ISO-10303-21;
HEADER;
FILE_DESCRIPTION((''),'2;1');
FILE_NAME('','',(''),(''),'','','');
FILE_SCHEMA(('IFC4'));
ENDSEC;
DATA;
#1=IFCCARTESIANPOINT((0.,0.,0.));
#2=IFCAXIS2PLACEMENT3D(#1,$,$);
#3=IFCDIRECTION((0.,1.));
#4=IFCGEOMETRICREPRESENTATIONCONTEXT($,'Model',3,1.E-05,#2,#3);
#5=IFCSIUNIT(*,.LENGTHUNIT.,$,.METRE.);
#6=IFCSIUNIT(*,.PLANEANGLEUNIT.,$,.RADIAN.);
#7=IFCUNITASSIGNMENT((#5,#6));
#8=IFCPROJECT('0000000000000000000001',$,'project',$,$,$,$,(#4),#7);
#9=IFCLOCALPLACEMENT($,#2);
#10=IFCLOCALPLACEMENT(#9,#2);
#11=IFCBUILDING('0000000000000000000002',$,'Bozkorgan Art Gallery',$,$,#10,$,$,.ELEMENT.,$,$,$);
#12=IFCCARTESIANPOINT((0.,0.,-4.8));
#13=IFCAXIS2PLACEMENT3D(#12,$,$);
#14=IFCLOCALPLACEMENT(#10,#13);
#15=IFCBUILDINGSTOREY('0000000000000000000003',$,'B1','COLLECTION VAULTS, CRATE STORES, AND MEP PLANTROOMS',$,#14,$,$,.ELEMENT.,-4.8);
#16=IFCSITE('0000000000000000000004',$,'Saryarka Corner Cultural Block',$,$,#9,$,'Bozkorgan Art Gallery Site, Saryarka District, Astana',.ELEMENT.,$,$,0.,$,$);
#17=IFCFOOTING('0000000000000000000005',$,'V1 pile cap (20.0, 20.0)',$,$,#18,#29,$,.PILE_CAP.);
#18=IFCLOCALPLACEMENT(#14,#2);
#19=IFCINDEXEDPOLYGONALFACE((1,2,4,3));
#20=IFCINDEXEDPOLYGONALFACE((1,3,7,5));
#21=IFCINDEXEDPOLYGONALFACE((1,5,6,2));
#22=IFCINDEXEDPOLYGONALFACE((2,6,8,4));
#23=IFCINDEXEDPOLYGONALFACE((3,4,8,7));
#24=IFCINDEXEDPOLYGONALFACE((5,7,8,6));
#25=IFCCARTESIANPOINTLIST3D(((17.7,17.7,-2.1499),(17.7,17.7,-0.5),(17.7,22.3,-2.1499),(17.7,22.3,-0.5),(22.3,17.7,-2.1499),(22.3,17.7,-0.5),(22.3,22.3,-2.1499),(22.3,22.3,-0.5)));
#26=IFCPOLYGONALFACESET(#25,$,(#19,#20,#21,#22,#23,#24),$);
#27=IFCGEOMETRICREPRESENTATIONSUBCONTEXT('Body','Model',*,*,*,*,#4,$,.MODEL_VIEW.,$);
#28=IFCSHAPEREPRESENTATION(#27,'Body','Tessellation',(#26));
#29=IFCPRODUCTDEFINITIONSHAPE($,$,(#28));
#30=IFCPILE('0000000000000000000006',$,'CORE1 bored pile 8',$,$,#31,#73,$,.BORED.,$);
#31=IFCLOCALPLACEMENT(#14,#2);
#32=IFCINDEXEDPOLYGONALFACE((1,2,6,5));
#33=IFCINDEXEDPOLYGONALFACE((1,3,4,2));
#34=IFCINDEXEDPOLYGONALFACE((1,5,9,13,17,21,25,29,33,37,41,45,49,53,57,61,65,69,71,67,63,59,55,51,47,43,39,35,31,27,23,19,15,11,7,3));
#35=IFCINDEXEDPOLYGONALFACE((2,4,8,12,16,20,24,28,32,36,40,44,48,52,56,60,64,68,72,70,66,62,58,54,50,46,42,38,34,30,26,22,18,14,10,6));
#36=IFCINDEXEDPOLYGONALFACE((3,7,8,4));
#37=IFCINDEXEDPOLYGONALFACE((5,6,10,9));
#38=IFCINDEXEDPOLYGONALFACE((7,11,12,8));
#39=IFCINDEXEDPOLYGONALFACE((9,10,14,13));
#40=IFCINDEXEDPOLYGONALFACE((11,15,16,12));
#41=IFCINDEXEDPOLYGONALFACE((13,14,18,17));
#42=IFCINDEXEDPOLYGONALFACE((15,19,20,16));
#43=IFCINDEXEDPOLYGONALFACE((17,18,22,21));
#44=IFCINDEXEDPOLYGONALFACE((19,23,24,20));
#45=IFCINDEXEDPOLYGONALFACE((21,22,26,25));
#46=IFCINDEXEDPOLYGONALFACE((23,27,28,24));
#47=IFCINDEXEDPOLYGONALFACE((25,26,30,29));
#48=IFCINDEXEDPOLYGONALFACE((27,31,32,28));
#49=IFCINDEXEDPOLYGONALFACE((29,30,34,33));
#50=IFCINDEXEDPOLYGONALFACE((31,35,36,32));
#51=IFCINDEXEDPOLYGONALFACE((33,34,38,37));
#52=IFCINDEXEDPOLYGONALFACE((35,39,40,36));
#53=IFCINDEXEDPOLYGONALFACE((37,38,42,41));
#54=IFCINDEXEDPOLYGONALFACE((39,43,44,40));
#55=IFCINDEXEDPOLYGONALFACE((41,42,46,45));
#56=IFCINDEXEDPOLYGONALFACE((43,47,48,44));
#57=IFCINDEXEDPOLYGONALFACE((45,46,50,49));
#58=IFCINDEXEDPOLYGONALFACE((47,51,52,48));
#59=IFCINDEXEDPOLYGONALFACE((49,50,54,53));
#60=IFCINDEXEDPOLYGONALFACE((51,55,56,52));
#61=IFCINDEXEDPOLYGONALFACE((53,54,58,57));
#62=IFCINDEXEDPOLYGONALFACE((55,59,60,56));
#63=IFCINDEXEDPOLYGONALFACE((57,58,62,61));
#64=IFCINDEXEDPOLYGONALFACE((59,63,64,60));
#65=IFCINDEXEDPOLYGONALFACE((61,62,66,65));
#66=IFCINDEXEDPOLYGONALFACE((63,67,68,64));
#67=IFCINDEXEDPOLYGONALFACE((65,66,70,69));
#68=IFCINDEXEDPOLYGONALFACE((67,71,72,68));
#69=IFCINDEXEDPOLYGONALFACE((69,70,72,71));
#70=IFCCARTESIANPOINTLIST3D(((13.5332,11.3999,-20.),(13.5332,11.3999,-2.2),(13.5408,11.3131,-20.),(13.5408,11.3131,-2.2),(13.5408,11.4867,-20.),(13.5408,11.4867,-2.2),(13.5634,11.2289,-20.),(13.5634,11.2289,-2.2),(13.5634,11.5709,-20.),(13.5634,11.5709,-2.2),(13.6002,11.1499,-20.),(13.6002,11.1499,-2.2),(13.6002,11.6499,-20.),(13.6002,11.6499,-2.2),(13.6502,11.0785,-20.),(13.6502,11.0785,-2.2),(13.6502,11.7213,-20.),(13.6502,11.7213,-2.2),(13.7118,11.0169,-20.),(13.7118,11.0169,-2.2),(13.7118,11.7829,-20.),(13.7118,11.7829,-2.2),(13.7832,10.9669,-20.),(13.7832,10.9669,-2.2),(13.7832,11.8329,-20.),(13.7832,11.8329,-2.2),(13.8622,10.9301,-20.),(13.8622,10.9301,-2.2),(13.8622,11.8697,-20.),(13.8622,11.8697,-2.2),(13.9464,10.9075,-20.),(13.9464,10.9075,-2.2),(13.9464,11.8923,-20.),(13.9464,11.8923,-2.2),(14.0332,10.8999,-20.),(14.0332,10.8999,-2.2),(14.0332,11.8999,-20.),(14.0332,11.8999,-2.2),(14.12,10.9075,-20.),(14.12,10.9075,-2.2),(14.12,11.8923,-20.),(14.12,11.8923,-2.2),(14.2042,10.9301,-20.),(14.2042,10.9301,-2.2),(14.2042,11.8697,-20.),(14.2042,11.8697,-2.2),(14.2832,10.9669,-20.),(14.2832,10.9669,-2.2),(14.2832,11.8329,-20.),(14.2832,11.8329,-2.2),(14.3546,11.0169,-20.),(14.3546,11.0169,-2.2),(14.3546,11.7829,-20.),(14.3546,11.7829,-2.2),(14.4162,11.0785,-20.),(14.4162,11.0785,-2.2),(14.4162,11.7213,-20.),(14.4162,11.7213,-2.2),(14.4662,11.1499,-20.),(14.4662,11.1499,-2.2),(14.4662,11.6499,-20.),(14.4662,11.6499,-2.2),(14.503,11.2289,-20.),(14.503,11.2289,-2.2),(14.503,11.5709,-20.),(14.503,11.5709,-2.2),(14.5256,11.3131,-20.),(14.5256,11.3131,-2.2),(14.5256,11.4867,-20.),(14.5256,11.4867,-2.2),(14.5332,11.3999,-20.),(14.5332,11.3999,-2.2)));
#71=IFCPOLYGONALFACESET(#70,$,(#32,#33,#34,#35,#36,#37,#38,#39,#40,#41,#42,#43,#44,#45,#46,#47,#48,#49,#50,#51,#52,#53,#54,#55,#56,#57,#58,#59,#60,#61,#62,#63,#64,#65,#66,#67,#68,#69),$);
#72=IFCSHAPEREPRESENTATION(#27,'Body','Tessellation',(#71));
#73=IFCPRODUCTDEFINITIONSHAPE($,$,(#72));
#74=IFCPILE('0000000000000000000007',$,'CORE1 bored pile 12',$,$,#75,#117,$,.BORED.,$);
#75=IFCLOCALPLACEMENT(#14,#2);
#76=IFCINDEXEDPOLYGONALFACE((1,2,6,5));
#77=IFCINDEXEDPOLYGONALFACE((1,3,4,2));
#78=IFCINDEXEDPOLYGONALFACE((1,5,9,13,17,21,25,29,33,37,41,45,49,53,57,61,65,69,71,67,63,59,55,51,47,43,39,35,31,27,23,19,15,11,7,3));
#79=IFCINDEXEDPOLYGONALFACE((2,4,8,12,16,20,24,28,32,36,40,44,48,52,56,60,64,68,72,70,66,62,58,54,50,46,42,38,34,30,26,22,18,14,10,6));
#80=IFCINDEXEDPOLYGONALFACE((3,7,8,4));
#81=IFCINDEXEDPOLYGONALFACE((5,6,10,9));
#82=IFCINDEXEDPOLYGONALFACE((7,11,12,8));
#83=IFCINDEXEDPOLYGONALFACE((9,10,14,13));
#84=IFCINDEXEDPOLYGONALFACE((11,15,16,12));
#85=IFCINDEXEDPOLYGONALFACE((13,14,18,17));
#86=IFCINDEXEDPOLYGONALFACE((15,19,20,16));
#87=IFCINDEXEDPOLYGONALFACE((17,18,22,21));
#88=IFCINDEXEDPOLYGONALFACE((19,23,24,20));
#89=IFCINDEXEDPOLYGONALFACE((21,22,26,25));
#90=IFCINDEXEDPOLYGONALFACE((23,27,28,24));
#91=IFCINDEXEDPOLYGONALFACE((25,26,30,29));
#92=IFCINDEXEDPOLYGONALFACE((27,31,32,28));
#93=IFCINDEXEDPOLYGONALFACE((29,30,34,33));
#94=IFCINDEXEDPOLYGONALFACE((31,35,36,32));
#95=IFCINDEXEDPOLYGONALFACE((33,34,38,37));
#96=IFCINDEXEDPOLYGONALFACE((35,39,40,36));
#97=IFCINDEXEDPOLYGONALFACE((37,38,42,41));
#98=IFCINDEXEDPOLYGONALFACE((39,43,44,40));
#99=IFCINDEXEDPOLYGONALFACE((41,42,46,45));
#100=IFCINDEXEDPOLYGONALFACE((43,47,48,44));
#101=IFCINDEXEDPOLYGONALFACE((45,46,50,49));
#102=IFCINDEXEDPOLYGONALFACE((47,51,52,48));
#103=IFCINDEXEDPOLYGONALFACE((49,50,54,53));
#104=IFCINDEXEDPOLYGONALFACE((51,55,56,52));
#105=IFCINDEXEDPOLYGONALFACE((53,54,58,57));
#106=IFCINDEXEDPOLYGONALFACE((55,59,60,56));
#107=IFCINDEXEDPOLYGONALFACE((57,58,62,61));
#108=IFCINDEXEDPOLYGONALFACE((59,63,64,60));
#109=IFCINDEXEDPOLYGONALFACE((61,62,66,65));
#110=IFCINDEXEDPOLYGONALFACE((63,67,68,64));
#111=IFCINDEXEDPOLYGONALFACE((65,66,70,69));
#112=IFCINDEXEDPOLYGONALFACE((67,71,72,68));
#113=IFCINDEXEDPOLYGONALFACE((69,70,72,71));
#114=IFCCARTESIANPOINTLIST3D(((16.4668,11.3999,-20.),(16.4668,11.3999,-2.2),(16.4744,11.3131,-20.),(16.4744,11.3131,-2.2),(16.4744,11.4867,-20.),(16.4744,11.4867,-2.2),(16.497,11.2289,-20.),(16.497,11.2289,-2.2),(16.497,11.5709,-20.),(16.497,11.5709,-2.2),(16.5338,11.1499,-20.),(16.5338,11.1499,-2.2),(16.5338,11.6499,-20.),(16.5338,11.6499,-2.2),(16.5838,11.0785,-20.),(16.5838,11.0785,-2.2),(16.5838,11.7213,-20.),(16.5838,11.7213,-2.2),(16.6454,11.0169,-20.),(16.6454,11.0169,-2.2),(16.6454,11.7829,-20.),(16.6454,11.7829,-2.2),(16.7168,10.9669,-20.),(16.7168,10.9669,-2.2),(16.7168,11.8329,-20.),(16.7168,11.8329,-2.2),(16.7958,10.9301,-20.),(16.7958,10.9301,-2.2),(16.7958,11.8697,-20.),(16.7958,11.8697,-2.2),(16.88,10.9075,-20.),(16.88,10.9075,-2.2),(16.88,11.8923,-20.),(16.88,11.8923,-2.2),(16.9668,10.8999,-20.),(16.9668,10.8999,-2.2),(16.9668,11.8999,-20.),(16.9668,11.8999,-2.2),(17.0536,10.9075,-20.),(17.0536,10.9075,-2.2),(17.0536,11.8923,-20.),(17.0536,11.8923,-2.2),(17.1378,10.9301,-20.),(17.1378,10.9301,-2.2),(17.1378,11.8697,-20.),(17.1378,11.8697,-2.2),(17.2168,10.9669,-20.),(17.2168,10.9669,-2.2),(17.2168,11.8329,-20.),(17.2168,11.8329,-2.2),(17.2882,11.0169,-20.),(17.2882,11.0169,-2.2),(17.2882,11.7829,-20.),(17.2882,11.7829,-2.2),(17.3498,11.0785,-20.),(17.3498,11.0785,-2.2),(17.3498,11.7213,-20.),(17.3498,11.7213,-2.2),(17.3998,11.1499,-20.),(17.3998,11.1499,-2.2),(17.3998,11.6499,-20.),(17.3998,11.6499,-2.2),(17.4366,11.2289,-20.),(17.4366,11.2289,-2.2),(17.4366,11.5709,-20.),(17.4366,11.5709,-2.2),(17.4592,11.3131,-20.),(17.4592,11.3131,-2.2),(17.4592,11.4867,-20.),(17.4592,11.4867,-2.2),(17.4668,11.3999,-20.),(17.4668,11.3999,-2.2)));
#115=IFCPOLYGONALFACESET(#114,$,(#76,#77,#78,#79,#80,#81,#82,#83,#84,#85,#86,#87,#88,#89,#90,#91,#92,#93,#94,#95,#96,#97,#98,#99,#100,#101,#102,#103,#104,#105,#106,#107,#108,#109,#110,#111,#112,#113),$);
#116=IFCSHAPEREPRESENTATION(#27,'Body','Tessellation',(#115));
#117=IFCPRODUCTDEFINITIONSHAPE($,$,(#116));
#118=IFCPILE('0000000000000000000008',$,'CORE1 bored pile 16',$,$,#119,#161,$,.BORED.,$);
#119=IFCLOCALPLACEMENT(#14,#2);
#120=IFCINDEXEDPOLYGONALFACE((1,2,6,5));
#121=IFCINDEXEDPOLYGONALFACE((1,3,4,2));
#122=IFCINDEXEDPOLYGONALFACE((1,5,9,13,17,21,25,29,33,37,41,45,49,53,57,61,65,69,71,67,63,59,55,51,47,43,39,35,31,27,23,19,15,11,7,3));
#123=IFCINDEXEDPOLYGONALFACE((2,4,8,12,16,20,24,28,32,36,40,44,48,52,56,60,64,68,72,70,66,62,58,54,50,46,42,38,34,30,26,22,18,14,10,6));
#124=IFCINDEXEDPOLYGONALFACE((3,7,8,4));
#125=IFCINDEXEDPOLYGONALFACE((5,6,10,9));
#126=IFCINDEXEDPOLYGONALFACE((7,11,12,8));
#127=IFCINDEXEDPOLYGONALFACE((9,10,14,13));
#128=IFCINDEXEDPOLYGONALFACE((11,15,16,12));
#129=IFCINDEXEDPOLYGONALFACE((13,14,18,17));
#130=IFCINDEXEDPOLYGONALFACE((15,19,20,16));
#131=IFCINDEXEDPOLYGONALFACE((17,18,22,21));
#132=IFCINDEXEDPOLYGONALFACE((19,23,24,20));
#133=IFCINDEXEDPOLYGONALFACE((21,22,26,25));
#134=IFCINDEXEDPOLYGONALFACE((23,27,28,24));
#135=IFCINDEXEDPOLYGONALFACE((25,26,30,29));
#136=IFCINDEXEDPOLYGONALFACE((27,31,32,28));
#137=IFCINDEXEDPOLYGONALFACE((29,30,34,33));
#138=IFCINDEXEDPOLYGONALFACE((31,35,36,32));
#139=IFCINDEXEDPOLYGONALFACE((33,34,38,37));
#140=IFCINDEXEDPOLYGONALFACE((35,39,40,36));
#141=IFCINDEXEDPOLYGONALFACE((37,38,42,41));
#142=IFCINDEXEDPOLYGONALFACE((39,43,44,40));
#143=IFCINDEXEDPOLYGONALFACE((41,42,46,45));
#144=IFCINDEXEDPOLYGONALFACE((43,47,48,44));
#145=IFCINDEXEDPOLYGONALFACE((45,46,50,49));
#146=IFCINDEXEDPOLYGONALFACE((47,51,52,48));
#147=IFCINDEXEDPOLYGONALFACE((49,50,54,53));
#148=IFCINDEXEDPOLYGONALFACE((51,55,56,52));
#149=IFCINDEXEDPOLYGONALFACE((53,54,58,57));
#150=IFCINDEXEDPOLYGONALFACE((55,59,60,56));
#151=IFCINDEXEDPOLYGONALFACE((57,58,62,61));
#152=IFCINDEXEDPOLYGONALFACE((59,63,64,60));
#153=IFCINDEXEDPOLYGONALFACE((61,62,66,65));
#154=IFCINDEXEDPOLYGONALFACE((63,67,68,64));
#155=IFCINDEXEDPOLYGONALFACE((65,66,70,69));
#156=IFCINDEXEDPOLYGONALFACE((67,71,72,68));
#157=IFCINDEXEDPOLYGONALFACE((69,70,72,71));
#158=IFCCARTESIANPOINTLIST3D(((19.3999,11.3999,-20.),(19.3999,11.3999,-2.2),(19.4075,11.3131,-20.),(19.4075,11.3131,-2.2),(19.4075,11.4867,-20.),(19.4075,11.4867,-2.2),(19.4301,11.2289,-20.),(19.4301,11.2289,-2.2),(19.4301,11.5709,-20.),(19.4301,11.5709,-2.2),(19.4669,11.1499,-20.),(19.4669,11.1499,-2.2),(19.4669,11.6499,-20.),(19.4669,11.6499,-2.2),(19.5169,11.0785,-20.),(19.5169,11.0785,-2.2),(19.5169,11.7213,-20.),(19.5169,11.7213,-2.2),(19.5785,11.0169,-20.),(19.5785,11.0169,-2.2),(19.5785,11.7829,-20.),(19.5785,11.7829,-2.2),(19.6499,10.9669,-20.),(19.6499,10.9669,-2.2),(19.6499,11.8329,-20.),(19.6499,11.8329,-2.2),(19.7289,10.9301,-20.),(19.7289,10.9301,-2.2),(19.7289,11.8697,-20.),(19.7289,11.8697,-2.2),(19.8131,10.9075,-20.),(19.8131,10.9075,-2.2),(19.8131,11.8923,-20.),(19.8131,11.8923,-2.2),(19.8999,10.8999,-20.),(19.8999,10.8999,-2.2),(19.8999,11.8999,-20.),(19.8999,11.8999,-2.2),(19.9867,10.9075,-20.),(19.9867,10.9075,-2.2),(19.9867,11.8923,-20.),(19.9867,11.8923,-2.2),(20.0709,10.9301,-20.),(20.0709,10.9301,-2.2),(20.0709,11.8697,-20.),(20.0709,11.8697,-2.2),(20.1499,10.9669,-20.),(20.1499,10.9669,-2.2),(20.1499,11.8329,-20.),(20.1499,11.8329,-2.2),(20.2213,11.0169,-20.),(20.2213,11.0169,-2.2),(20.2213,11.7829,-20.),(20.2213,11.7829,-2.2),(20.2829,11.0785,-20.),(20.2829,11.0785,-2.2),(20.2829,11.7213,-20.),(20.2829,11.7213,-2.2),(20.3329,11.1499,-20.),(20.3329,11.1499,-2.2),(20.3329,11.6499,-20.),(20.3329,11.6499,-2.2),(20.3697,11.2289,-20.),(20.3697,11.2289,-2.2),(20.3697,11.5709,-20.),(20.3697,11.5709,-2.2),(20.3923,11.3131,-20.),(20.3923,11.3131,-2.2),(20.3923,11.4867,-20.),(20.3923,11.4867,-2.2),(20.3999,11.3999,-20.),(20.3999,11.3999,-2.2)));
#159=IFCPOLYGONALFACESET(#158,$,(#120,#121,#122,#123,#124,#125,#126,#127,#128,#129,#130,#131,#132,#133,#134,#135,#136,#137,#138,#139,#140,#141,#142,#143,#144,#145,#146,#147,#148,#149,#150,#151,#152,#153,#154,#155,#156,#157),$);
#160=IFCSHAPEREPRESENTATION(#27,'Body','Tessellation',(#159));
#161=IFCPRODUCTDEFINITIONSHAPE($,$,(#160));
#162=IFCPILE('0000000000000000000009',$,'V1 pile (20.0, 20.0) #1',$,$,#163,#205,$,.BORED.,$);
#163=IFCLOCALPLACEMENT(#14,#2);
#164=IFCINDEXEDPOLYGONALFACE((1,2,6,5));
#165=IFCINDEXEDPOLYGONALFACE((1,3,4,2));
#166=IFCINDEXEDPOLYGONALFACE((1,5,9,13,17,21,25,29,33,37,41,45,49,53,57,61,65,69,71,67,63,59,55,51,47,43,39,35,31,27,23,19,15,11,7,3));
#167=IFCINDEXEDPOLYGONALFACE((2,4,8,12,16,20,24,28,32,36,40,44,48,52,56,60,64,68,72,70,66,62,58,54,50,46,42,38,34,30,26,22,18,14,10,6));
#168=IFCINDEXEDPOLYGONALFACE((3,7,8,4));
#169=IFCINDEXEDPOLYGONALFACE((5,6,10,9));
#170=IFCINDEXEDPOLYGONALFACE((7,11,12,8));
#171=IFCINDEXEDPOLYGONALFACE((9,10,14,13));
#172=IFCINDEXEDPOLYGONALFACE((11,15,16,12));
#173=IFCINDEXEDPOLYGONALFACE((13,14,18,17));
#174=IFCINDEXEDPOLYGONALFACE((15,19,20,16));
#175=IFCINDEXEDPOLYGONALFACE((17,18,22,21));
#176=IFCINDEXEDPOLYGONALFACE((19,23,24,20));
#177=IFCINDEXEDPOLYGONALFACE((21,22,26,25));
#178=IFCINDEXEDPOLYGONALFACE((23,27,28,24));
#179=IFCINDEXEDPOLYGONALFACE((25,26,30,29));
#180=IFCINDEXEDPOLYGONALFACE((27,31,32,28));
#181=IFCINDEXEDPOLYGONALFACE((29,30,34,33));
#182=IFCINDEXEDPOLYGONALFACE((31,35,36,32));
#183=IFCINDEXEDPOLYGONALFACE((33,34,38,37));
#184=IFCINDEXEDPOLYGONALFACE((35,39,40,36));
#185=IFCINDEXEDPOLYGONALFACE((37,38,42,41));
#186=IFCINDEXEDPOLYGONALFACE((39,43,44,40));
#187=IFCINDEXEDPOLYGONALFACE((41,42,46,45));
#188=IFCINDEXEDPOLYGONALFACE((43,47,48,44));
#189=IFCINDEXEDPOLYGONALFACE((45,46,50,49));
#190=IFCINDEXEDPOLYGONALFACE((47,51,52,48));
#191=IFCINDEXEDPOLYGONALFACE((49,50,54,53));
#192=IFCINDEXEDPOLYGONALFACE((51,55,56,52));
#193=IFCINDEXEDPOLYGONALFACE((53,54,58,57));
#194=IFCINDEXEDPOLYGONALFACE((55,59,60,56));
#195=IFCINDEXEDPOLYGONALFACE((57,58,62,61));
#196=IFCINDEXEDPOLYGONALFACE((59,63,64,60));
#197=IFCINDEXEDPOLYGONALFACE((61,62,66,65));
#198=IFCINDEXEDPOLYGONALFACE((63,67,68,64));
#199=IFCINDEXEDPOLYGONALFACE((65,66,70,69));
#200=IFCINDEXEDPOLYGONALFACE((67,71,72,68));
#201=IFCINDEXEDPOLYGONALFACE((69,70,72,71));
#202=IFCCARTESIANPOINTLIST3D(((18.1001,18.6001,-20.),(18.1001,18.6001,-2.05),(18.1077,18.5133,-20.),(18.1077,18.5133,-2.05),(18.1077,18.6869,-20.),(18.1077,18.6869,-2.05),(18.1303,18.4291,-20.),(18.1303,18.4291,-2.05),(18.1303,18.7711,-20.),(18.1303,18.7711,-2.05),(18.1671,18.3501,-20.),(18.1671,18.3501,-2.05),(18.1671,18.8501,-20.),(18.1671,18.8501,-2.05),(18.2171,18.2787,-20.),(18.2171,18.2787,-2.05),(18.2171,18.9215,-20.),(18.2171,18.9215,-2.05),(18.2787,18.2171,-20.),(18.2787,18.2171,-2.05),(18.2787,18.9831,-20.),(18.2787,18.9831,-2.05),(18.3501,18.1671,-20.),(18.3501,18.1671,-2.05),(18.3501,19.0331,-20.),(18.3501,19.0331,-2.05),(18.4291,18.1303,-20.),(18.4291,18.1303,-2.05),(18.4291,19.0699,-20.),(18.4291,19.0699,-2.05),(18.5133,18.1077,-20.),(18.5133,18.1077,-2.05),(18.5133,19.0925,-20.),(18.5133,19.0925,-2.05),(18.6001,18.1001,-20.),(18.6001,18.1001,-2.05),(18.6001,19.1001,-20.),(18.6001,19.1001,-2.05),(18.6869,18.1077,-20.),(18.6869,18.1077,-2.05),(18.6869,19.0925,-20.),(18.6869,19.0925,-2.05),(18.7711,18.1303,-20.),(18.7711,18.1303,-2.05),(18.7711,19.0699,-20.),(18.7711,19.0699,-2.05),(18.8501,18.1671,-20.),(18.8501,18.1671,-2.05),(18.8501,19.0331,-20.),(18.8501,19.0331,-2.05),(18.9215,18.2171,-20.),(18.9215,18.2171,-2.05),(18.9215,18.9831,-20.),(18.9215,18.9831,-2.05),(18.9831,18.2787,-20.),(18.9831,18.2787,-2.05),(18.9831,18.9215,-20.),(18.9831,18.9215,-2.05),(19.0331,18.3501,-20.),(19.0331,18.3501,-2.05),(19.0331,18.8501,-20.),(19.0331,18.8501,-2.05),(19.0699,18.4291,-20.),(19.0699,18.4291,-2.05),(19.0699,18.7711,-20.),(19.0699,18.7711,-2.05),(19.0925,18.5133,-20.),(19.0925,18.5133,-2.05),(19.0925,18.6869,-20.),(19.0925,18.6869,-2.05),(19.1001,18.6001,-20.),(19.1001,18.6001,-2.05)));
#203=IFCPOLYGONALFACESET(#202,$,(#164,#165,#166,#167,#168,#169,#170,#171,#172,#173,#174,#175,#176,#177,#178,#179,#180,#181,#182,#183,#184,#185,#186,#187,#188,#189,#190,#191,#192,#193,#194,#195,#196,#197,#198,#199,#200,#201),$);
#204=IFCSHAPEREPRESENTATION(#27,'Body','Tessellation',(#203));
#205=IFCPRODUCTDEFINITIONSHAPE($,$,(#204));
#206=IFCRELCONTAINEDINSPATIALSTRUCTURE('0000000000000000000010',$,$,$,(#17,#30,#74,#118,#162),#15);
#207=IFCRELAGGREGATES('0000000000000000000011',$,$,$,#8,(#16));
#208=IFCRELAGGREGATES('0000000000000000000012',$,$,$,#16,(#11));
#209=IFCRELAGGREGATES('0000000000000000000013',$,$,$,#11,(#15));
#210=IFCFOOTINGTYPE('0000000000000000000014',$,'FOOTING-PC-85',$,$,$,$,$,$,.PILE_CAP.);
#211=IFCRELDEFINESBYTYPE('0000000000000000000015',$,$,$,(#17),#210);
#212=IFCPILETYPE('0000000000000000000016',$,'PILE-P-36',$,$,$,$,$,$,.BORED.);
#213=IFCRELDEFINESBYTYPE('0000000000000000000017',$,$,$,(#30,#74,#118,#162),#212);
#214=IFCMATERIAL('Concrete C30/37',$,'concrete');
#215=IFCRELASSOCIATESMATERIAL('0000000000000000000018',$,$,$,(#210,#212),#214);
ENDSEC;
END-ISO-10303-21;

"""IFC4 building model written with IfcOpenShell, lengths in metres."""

from ifc_helpers import new_model, si_unit, direction, frame, origin, origin_2d, place, context, subcontext, project, spatial, rectangle, circle, extrude, material, material_profile, profile_set, type_object, element, save


model = new_model("IFC4")

# Units and contexts
model_context = context("Model", 3, precision=1e-05, world=origin(), true_north=direction((0.0, 1.0)))
body_context = subcontext(model_context, "Body", "Model", "MODEL_VIEW")
ifc_project = project(units=[si_unit("LENGTHUNIT", "METRE"), si_unit("PLANEANGLEUNIT", "RADIAN")], contexts=[model_context])

# Site, building, storey
site_placement = place(None, origin())
site = spatial("IfcSite", under=ifc_project, at=site_placement, Name="Saryarka Corner Cultural Block", LongName="Bozkorgan Art Gallery Site, Saryarka District, Astana", CompositionType="ELEMENT", RefElevation=0.0)
building_placement = place(site_placement, origin())
building = spatial("IfcBuilding", under=site, at=building_placement, Name="Bozkorgan Art Gallery", CompositionType="ELEMENT")
storey_placement = place(building_placement, frame((0.0, 0.0, -4.8)))
storey = spatial("IfcBuildingStorey", under=building, at=storey_placement, Name="B1", Description="COLLECTION VAULTS, CRATE STORES, AND MEP PLANTROOMS", CompositionType="ELEMENT", Elevation=-4.8)

# Footing
ifc_material_1 = material(Name="Concrete C30/37", Category="concrete")
footing_type = type_object("IfcFootingType", Name="FOOTING-PC-85", PredefinedType="PILE_CAP", material=ifc_material_1)
footing_placement = place(storey_placement, frame((20.0, 20.0, -2.1499), z_axis=(0.0, 0.0, 1.0), x_axis=(1.0, 0.0, 0.0)))
element("IfcFooting", 1, at=footing_placement, inside=storey, type_object=footing_type, Name="V1 pile cap (20.0, 20.0)", PredefinedType="PILE_CAP", context=body_context, shape_type="SweptSolid", body=[
    extrude(rectangle(XDim=4.6001, YDim=4.6001, at=origin_2d()), origin(), (0.0, 0.0, 1.0), 1.6499),
])

# Piles
ifc_material_profile_1 = material_profile(ifc_material_1, circle(Radius=0.5, at=origin_2d()), Name="PILE D1000")
ifc_profile_set_1 = profile_set([ifc_material_profile_1], Name="Concrete C30/37")
pile_type = type_object("IfcPileType", Name="PILE-P-36", PredefinedType="BORED", material=ifc_profile_set_1)
for number, where, z_axis, x_axis, name in (
    (2, (14.0332, 11.3999, -2.2), (0.0, 0.0, -1.0), (1.0, 0.0, 0.0), "CORE1 bored pile 8"),
    (3, (16.9668, 11.3999, -2.2), (0.0, 0.0, -1.0), (1.0, 0.0, 0.0), "CORE1 bored pile 12"),
    (4, (19.8999, 11.3999, -2.2), (0.0, 0.0, -1.0), (1.0, 0.0, 0.0), "CORE1 bored pile 16"),
):
    element("IfcPile", number, at=place(storey_placement, frame(where, z_axis=z_axis, x_axis=x_axis)), inside=storey, type_object=pile_type, Name=name, PredefinedType="BORED", context=body_context, shape_type="SweptSolid", body=[
        extrude(circle(Radius=0.5, at=origin_2d()), origin(), (0.0, 0.0, 1.0), 17.8),
    ])
pile_placement = place(storey_placement, frame((18.6001, 18.6001, -2.05), z_axis=(0.0, 0.0, -1.0), x_axis=(1.0, 0.0, 0.0)))
element("IfcPile", 5, at=pile_placement, inside=storey, type_object=pile_type, Name="V1 pile (20.0, 20.0) #1", PredefinedType="BORED", context=body_context, shape_type="SweptSolid", body=[
    extrude(circle(Radius=0.5, at=origin_2d()), origin(), (0.0, 0.0, 1.0), 17.95),
])

save(model, "model.ifc")
